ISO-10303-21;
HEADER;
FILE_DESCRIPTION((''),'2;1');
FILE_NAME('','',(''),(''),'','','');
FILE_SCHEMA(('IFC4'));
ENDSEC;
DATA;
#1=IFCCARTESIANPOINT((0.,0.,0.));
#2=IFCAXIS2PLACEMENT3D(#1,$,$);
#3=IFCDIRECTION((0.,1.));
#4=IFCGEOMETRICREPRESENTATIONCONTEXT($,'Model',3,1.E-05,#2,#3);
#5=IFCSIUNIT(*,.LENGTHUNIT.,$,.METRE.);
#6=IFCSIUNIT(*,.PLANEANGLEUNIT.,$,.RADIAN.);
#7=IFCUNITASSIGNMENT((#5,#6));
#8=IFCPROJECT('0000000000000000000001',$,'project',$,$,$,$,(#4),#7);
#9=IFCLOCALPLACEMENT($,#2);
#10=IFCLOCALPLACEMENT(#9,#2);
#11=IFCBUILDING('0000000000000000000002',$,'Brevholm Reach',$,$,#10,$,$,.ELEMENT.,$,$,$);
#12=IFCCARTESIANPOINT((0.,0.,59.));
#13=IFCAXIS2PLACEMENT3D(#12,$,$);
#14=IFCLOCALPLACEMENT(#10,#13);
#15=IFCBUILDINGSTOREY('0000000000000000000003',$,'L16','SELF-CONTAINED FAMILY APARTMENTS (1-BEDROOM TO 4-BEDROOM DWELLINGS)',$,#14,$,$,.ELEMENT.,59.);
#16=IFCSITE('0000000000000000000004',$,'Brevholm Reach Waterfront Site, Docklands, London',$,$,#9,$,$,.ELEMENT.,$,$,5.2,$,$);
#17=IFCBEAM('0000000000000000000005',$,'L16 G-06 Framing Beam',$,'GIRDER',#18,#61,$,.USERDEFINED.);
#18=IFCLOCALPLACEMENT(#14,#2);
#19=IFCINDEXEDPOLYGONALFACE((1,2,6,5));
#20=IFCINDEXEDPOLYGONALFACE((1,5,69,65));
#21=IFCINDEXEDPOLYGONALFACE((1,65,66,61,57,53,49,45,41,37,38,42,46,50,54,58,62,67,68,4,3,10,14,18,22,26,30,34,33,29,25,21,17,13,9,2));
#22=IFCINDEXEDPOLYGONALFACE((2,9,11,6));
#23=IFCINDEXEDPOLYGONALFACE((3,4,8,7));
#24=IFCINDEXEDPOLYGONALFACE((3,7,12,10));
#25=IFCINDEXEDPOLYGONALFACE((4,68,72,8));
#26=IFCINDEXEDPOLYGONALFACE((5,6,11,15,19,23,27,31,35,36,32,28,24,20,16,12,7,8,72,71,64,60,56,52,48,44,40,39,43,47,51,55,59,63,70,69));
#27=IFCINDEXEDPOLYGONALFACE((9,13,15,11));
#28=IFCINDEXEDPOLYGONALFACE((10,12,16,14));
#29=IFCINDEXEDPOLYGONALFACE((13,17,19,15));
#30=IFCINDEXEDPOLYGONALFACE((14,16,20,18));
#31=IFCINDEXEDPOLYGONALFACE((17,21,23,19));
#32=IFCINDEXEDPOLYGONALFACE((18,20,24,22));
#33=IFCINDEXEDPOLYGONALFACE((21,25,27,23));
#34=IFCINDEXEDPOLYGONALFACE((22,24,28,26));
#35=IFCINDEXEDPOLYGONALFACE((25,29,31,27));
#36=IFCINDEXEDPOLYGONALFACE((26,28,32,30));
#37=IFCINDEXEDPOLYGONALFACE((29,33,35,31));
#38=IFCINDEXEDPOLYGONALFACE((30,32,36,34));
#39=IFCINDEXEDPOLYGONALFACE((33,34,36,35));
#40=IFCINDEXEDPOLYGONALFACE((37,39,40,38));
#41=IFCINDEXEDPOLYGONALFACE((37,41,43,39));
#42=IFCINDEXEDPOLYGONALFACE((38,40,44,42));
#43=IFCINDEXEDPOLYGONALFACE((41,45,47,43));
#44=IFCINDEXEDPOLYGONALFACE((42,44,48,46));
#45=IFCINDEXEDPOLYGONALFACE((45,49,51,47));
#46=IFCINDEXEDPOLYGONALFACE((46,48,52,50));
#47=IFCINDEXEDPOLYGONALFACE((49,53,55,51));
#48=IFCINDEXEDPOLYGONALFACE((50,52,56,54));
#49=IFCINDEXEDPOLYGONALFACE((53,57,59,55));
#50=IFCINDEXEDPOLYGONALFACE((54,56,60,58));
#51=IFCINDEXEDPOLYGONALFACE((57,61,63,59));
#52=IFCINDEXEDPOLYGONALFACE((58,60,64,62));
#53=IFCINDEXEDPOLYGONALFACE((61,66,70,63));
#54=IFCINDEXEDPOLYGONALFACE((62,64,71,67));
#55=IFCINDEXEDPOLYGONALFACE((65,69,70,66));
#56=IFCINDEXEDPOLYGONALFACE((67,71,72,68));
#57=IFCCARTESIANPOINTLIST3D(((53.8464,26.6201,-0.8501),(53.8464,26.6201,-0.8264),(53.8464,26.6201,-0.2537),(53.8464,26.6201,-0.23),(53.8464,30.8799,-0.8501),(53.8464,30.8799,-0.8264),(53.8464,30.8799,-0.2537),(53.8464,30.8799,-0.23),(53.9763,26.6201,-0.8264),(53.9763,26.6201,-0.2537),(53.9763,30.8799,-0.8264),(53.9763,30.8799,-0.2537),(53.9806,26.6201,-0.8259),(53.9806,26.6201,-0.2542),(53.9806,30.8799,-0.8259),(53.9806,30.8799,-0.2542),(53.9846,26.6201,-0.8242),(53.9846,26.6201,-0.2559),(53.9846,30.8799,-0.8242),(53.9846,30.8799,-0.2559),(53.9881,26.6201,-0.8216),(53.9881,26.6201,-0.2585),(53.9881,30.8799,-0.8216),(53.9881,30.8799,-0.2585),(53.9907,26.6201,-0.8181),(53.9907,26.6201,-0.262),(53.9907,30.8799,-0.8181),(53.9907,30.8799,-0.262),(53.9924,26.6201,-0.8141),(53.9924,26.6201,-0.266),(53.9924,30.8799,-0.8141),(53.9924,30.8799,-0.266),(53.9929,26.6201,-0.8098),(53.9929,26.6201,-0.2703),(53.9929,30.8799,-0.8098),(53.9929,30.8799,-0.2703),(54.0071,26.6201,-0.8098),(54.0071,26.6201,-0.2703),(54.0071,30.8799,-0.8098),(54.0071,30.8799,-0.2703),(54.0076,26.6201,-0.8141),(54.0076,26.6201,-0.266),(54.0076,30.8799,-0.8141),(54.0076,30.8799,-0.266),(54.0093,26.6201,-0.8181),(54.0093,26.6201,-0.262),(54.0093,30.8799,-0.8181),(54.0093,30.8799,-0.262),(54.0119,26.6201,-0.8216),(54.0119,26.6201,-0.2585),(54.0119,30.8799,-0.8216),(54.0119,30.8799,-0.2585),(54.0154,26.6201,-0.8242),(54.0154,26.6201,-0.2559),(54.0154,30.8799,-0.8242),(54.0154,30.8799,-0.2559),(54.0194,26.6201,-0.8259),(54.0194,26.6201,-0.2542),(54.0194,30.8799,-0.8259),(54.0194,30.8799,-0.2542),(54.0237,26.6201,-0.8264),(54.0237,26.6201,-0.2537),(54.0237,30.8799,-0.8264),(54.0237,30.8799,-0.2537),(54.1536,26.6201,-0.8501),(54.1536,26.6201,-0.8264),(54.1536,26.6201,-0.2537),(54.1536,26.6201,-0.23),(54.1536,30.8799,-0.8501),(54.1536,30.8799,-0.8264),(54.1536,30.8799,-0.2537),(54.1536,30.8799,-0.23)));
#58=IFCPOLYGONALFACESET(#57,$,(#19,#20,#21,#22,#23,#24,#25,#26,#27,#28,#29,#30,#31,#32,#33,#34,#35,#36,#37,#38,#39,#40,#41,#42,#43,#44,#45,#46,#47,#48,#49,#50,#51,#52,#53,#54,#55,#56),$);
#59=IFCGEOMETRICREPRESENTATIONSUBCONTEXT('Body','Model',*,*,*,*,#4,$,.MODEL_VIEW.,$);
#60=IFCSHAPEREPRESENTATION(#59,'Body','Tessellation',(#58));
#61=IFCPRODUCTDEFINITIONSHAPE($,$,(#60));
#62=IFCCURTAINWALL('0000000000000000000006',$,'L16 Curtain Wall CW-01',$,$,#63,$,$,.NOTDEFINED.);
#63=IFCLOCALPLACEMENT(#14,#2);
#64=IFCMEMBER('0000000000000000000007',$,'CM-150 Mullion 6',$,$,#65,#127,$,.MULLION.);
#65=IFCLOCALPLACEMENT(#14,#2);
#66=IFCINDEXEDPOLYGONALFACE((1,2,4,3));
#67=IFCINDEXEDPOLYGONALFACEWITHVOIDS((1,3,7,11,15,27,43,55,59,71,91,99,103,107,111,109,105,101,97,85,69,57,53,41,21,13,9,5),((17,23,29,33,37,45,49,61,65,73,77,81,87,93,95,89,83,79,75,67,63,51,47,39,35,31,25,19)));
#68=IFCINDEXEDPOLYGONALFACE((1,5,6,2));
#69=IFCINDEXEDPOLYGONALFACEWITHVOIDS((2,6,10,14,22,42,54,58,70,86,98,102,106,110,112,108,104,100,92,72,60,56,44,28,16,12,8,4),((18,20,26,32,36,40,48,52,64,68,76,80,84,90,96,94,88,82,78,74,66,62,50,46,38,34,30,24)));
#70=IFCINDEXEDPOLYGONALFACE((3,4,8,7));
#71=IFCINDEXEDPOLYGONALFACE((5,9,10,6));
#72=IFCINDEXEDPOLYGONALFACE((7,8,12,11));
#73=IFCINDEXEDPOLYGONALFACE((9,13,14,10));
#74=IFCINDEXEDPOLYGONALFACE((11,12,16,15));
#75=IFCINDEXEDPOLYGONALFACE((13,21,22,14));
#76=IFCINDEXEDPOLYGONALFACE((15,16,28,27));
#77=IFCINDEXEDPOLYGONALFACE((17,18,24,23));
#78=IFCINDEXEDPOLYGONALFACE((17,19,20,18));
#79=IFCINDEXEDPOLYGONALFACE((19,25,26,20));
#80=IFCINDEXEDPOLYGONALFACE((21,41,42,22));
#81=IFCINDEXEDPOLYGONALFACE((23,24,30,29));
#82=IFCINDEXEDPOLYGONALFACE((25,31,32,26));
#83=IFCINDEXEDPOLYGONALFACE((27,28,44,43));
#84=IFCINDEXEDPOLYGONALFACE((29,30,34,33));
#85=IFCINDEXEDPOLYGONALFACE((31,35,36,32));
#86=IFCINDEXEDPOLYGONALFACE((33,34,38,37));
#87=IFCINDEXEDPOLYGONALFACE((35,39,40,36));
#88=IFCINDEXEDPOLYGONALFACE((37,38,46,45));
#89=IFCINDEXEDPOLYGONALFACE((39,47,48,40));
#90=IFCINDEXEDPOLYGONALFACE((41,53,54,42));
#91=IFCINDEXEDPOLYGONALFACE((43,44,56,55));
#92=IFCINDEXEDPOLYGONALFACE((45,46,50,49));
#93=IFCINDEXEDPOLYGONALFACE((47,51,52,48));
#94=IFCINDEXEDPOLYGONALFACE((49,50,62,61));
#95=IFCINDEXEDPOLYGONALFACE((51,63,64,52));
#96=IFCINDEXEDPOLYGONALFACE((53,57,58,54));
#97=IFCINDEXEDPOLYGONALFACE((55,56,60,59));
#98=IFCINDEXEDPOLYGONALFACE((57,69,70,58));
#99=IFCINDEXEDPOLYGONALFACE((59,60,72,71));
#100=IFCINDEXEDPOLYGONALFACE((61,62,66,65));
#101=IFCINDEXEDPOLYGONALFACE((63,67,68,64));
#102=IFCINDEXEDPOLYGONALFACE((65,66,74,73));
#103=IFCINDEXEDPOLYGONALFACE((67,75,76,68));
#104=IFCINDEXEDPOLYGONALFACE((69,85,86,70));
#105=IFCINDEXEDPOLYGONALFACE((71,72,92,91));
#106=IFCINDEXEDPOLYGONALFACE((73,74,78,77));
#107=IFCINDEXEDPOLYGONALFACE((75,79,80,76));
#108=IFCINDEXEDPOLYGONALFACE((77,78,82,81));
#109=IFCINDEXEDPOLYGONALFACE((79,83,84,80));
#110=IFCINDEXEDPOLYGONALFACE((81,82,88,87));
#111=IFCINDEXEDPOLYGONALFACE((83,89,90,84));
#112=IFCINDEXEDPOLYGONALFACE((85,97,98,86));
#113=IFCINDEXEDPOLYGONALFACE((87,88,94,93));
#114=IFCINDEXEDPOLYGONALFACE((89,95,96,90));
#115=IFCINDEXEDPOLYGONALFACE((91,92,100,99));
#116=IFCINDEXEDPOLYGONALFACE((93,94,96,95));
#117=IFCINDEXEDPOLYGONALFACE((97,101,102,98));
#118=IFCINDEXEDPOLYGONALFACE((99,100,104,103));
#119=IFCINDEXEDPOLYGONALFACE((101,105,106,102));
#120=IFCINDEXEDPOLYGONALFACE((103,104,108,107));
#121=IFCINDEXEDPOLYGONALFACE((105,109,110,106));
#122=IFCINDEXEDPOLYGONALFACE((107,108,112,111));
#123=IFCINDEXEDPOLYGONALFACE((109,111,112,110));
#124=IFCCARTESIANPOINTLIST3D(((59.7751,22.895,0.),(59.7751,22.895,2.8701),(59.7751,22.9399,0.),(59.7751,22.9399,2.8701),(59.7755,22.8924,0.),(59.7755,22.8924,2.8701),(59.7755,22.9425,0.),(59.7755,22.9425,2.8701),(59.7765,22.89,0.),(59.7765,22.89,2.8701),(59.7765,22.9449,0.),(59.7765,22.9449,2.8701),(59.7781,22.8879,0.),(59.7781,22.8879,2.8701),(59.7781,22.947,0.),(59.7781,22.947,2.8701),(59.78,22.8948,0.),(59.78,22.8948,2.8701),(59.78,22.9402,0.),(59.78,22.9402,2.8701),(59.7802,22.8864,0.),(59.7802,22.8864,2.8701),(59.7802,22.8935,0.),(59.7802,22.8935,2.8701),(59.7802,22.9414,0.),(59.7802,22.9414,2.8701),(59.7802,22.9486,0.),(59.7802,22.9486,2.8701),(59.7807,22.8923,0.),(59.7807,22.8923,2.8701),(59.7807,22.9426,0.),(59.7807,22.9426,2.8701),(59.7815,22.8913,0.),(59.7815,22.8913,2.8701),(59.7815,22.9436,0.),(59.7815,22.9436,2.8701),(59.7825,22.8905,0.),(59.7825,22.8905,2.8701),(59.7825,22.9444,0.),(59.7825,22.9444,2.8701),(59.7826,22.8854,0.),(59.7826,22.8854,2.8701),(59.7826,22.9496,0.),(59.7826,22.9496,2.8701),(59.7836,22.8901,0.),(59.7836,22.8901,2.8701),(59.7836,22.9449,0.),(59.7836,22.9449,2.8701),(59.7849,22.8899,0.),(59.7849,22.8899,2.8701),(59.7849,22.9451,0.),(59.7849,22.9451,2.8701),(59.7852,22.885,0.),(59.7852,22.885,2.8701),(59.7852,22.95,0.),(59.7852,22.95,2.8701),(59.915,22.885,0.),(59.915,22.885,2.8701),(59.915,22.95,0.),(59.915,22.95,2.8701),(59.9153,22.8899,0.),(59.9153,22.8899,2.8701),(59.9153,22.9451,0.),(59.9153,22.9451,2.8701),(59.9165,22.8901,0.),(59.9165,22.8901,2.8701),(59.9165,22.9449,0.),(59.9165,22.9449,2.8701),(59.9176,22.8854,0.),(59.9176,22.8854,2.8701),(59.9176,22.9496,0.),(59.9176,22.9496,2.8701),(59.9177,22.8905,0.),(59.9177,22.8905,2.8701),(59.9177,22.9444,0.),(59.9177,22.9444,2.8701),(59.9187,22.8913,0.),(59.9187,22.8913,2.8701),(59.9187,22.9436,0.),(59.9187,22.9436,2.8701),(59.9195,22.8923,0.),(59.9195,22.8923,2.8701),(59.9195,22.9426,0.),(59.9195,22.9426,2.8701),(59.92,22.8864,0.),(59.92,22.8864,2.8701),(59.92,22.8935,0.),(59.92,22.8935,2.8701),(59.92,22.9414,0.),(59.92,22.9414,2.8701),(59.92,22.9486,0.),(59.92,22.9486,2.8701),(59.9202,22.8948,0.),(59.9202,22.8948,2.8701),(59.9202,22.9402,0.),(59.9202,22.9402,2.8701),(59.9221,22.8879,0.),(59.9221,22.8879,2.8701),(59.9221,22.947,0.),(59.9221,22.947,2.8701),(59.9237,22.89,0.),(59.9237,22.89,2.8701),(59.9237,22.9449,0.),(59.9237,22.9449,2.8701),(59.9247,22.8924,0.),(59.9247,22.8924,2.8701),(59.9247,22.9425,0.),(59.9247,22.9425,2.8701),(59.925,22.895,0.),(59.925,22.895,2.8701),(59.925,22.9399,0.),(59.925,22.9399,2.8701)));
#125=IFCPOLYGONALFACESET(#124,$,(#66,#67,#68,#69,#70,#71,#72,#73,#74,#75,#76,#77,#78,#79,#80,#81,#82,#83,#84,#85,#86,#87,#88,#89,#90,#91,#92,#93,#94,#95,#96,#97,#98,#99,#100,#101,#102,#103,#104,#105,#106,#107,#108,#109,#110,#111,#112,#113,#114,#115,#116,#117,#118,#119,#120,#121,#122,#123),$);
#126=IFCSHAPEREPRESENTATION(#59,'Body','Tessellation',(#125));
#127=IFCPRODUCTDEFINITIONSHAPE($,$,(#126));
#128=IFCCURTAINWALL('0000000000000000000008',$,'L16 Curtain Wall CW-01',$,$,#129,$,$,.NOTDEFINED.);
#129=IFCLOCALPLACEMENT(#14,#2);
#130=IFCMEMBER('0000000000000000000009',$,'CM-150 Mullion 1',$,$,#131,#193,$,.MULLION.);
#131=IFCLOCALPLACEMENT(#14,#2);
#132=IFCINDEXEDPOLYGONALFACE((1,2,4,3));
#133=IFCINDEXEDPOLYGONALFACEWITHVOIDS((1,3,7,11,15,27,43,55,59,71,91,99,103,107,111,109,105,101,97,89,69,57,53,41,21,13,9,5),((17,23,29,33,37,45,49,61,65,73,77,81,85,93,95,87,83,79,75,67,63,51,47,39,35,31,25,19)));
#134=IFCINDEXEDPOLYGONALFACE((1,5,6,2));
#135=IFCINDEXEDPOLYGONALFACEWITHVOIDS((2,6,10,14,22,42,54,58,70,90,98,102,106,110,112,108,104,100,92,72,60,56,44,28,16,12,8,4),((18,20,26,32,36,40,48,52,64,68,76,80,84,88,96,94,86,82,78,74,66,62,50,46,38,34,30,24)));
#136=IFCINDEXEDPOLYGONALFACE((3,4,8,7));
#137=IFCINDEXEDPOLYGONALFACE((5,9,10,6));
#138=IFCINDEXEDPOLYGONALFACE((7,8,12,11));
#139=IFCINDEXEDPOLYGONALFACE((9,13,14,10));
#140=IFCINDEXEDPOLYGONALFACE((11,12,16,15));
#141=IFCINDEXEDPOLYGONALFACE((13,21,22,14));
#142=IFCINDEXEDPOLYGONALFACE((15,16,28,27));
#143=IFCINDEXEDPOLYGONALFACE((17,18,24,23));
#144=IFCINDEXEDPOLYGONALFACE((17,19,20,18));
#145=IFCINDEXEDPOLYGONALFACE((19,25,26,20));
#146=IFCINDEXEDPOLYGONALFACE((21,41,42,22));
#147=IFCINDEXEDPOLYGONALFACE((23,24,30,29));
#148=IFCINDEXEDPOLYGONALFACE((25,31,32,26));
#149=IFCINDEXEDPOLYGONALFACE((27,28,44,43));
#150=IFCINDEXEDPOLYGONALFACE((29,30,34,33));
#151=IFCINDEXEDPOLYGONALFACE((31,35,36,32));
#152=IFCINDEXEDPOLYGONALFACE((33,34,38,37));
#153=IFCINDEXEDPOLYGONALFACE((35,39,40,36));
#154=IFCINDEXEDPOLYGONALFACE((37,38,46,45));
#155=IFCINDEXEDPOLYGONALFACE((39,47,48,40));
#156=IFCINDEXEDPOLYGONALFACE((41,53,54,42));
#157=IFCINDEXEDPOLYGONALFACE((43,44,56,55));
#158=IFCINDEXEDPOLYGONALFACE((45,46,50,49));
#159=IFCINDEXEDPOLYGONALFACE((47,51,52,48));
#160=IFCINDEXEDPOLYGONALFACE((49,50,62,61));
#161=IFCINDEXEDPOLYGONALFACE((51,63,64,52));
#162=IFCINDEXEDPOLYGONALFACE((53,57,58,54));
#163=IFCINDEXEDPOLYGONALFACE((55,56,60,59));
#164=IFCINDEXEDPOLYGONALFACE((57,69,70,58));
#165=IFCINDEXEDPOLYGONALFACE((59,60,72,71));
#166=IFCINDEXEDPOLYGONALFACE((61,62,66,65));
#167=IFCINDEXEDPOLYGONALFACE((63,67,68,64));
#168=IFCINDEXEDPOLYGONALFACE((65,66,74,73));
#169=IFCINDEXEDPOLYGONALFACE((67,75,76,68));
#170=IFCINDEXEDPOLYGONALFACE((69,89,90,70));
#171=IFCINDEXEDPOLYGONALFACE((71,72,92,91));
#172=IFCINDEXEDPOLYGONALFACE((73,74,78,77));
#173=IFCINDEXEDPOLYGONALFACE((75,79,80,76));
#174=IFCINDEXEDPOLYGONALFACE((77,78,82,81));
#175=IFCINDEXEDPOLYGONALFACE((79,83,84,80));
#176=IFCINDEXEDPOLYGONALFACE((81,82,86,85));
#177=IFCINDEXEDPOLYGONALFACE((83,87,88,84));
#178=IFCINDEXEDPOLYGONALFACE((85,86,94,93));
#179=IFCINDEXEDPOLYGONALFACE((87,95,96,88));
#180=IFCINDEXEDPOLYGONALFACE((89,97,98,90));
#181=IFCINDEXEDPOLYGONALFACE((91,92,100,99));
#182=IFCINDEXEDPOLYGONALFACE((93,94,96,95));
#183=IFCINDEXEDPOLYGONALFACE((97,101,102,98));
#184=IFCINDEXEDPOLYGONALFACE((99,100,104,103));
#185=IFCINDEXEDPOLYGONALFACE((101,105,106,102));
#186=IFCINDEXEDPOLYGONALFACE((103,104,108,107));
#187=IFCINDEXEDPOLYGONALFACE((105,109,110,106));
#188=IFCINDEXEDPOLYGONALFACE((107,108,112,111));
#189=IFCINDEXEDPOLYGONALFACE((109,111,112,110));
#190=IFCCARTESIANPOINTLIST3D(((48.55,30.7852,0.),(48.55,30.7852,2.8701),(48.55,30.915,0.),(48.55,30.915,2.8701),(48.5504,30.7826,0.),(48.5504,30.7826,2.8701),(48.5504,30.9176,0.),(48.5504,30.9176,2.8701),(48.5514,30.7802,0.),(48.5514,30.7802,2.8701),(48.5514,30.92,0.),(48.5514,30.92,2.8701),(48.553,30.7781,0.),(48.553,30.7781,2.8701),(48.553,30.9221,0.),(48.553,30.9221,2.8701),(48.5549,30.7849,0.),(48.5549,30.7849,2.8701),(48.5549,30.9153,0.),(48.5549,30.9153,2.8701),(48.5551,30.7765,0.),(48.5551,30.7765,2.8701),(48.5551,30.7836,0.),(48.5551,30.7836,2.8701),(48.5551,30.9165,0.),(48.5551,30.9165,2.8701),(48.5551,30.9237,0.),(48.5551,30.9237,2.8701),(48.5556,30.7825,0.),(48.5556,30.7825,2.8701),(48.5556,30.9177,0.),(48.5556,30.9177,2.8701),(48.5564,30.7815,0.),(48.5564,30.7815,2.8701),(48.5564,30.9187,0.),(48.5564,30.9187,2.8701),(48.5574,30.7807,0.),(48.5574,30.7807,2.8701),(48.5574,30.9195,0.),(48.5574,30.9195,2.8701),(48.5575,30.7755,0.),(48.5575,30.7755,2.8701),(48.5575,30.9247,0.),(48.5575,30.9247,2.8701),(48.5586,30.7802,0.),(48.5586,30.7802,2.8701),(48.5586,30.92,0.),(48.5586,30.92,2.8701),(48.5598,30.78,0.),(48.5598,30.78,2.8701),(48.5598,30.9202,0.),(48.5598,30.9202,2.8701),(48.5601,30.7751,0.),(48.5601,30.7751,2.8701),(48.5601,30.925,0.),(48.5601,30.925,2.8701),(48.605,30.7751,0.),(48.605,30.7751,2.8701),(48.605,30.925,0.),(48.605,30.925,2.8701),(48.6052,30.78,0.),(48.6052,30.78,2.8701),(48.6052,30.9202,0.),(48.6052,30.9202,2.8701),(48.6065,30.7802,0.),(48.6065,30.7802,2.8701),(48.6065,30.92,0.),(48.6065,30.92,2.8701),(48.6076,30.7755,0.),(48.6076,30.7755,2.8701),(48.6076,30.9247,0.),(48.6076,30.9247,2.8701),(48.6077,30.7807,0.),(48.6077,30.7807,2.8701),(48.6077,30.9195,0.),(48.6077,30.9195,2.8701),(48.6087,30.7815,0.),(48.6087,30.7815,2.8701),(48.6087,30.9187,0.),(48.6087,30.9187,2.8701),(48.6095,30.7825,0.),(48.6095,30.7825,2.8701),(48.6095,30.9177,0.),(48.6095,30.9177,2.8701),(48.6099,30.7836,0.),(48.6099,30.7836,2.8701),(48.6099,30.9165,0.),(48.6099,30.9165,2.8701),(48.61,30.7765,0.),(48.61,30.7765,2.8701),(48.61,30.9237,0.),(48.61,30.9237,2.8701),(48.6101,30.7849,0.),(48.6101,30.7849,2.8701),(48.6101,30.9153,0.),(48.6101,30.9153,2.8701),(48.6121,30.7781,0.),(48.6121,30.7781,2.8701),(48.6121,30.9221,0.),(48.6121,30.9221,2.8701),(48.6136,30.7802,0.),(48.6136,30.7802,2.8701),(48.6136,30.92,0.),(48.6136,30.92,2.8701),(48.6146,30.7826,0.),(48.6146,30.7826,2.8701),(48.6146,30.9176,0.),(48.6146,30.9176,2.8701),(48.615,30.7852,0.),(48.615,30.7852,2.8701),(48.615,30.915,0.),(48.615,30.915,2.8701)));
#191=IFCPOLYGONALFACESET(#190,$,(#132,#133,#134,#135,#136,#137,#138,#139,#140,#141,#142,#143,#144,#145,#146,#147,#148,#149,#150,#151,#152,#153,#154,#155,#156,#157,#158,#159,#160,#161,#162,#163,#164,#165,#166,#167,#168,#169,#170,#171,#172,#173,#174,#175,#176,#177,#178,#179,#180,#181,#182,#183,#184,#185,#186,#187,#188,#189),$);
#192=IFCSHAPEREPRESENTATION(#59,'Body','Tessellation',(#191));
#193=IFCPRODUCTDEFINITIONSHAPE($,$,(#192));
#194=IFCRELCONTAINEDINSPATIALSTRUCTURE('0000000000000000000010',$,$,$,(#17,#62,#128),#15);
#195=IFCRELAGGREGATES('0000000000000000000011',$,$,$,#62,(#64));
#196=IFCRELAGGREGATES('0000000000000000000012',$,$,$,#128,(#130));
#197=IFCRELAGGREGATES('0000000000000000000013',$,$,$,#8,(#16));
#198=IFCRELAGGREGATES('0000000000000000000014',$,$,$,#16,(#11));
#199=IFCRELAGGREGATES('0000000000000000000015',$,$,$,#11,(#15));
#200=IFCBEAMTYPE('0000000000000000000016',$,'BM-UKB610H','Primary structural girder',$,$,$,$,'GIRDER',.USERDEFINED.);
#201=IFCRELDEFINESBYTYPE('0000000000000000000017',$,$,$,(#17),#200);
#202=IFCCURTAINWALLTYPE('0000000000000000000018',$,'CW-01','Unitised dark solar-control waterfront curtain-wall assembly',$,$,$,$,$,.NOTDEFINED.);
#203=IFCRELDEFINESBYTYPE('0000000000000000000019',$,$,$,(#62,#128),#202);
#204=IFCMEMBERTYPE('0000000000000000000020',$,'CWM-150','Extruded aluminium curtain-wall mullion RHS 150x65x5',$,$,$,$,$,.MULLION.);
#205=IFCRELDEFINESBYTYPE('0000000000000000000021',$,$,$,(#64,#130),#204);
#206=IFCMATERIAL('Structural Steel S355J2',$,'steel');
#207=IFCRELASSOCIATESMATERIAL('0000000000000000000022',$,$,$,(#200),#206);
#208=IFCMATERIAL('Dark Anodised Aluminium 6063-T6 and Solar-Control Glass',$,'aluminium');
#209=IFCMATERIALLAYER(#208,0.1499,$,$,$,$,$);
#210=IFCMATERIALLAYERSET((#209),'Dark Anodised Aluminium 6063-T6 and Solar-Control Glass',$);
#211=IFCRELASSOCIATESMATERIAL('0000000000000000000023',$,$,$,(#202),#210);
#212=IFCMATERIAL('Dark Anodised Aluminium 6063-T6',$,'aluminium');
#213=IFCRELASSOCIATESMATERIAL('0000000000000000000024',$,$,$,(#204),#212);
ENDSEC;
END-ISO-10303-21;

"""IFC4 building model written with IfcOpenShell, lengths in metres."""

from ifc_helpers import new_model, si_unit, direction, frame, origin, origin_2d, place, context, subcontext, project, spatial, hollow_rectangle, i_section, extrude, material, layer, layer_set, material_profile, profile_set, type_object, element, aggregate, save


model = new_model("IFC4")

# Units and contexts
model_context = context("Model", 3, precision=1e-05, world=origin(), true_north=direction((0.0, 1.0)))
body_context = subcontext(model_context, "Body", "Model", "MODEL_VIEW")
ifc_project = project(units=[si_unit("LENGTHUNIT", "METRE"), si_unit("PLANEANGLEUNIT", "RADIAN")], contexts=[model_context])

# Site, building, storey
site_placement = place(None, origin())
site = spatial("IfcSite", under=ifc_project, at=site_placement, Name="Brevholm Reach Waterfront Site, Docklands, London", CompositionType="ELEMENT", RefElevation=5.2)
building_placement = place(site_placement, origin())
building = spatial("IfcBuilding", under=site, at=building_placement, Name="Brevholm Reach", CompositionType="ELEMENT")
storey_placement = place(building_placement, frame((0.0, 0.0, 59.0)))
storey = spatial("IfcBuildingStorey", under=building, at=storey_placement, Name="L16", Description="SELF-CONTAINED FAMILY APARTMENTS (1-BEDROOM TO 4-BEDROOM DWELLINGS)", CompositionType="ELEMENT", Elevation=59.0)

# Beam
ifc_material_1 = material(Name="Structural Steel S355J2", Category="steel")
ifc_material_profile_1 = material_profile(ifc_material_1, i_section(OverallWidth=0.3071, OverallDepth=0.6201, WebThickness=0.0142, FlangeThickness=0.0237, FilletRadius=0.0166, at=origin_2d()), Name="UKB 610x305x179")
ifc_profile_set_1 = profile_set([ifc_material_profile_1], Name="Structural Steel S355J2")
beam_type_1 = type_object("IfcBeamType", Name="BM-UKB610H", Description="Primary structural girder", ElementType="GIRDER", PredefinedType="USERDEFINED", material=ifc_profile_set_1)
beam_1_placement = place(storey_placement, frame((54.0, 26.6201, -0.54), z_axis=(0.0, 1.0, 0.0), x_axis=(-1.0, 0.0, 0.0)))
element("IfcBeam", 1, at=beam_1_placement, inside=storey, type_object=beam_type_1, Name="L16 G-06 Framing Beam", ObjectType="GIRDER", PredefinedType="USERDEFINED", context=body_context, shape_type="SweptSolid", body=[
    extrude(i_section(OverallWidth=0.3071, OverallDepth=0.6201, WebThickness=0.0142, FlangeThickness=0.0237, FilletRadius=0.0166, at=origin_2d()), origin(), (0.0, 0.0, 1.0), 4.2598),
])

# Curtain wall, member
ifc_material_2 = material(Name="Dark Anodised Aluminium 6063-T6 and Solar-Control Glass", Category="aluminium")
ifc_layer_1 = layer(ifc_material_2, 0.1499)
ifc_layer_set_1 = layer_set([ifc_layer_1], Name="Dark Anodised Aluminium 6063-T6 and Solar-Control Glass")
curtain_wall_type = type_object("IfcCurtainWallType", Name="CW-01", Description="Unitised dark solar-control waterfront curtain-wall assembly", PredefinedType="NOTDEFINED", material=ifc_layer_set_1)
curtain_wall_1_placement = place(storey_placement, origin())
curtain_wall_1 = element("IfcCurtainWall", 2, at=curtain_wall_1_placement, inside=storey, type_object=curtain_wall_type, Name="L16 Curtain Wall CW-01", PredefinedType="NOTDEFINED")
ifc_material_3 = material(Name="Dark Anodised Aluminium 6063-T6", Category="aluminium")
ifc_material_profile_2 = material_profile(ifc_material_3, hollow_rectangle(XDim=0.0649, YDim=0.1499, WallThickness=0.0049, InnerFilletRadius=0.0049, OuterFilletRadius=0.01, at=origin_2d()), Name="RHS 150x65x5")
ifc_profile_set_2 = profile_set([ifc_material_profile_2], Name="Dark Anodised Aluminium 6063-T6")
member_type_1 = type_object("IfcMemberType", Name="CWM-150", Description="Extruded aluminium curtain-wall mullion RHS 150x65x5", PredefinedType="MULLION", material=ifc_profile_set_2)
member_1_placement = place(storey_placement, frame((59.8501, 22.9175, 0.0), z_axis=(0.0, 0.0, 1.0), x_axis=(0.0, 1.0, 0.0)))
member_1 = element("IfcMember", 3, at=member_1_placement, type_object=member_type_1, Name="CM-150 Mullion 6", PredefinedType="MULLION", context=body_context, shape_type="SweptSolid", body=[
    extrude(hollow_rectangle(XDim=0.0649, YDim=0.1499, WallThickness=0.0049, InnerFilletRadius=0.0049, OuterFilletRadius=0.01, at=origin_2d()), origin(), (0.0, 0.0, 1.0), 2.8701),
])

# Curtain wall, member
curtain_wall_2_placement = place(storey_placement, origin())
curtain_wall_2 = element("IfcCurtainWall", 4, at=curtain_wall_2_placement, inside=storey, type_object=curtain_wall_type, Name="L16 Curtain Wall CW-01", PredefinedType="NOTDEFINED")
member_2_placement = place(storey_placement, frame((48.5825, 30.8501, 0.0), z_axis=(0.0, 0.0, 1.0), x_axis=(1.0, 0.0, 0.0)))
member_2 = element("IfcMember", 5, at=member_2_placement, type_object=member_type_1, Name="CM-150 Mullion 1", PredefinedType="MULLION", context=body_context, shape_type="SweptSolid", body=[
    extrude(hollow_rectangle(XDim=0.0649, YDim=0.1499, WallThickness=0.0049, InnerFilletRadius=0.0049, OuterFilletRadius=0.01, at=origin_2d()), origin(), (0.0, 0.0, 1.0), 2.8701),
])

aggregate(curtain_wall_1, [member_1])
aggregate(curtain_wall_2, [member_2])

save(model, "model.ifc")
